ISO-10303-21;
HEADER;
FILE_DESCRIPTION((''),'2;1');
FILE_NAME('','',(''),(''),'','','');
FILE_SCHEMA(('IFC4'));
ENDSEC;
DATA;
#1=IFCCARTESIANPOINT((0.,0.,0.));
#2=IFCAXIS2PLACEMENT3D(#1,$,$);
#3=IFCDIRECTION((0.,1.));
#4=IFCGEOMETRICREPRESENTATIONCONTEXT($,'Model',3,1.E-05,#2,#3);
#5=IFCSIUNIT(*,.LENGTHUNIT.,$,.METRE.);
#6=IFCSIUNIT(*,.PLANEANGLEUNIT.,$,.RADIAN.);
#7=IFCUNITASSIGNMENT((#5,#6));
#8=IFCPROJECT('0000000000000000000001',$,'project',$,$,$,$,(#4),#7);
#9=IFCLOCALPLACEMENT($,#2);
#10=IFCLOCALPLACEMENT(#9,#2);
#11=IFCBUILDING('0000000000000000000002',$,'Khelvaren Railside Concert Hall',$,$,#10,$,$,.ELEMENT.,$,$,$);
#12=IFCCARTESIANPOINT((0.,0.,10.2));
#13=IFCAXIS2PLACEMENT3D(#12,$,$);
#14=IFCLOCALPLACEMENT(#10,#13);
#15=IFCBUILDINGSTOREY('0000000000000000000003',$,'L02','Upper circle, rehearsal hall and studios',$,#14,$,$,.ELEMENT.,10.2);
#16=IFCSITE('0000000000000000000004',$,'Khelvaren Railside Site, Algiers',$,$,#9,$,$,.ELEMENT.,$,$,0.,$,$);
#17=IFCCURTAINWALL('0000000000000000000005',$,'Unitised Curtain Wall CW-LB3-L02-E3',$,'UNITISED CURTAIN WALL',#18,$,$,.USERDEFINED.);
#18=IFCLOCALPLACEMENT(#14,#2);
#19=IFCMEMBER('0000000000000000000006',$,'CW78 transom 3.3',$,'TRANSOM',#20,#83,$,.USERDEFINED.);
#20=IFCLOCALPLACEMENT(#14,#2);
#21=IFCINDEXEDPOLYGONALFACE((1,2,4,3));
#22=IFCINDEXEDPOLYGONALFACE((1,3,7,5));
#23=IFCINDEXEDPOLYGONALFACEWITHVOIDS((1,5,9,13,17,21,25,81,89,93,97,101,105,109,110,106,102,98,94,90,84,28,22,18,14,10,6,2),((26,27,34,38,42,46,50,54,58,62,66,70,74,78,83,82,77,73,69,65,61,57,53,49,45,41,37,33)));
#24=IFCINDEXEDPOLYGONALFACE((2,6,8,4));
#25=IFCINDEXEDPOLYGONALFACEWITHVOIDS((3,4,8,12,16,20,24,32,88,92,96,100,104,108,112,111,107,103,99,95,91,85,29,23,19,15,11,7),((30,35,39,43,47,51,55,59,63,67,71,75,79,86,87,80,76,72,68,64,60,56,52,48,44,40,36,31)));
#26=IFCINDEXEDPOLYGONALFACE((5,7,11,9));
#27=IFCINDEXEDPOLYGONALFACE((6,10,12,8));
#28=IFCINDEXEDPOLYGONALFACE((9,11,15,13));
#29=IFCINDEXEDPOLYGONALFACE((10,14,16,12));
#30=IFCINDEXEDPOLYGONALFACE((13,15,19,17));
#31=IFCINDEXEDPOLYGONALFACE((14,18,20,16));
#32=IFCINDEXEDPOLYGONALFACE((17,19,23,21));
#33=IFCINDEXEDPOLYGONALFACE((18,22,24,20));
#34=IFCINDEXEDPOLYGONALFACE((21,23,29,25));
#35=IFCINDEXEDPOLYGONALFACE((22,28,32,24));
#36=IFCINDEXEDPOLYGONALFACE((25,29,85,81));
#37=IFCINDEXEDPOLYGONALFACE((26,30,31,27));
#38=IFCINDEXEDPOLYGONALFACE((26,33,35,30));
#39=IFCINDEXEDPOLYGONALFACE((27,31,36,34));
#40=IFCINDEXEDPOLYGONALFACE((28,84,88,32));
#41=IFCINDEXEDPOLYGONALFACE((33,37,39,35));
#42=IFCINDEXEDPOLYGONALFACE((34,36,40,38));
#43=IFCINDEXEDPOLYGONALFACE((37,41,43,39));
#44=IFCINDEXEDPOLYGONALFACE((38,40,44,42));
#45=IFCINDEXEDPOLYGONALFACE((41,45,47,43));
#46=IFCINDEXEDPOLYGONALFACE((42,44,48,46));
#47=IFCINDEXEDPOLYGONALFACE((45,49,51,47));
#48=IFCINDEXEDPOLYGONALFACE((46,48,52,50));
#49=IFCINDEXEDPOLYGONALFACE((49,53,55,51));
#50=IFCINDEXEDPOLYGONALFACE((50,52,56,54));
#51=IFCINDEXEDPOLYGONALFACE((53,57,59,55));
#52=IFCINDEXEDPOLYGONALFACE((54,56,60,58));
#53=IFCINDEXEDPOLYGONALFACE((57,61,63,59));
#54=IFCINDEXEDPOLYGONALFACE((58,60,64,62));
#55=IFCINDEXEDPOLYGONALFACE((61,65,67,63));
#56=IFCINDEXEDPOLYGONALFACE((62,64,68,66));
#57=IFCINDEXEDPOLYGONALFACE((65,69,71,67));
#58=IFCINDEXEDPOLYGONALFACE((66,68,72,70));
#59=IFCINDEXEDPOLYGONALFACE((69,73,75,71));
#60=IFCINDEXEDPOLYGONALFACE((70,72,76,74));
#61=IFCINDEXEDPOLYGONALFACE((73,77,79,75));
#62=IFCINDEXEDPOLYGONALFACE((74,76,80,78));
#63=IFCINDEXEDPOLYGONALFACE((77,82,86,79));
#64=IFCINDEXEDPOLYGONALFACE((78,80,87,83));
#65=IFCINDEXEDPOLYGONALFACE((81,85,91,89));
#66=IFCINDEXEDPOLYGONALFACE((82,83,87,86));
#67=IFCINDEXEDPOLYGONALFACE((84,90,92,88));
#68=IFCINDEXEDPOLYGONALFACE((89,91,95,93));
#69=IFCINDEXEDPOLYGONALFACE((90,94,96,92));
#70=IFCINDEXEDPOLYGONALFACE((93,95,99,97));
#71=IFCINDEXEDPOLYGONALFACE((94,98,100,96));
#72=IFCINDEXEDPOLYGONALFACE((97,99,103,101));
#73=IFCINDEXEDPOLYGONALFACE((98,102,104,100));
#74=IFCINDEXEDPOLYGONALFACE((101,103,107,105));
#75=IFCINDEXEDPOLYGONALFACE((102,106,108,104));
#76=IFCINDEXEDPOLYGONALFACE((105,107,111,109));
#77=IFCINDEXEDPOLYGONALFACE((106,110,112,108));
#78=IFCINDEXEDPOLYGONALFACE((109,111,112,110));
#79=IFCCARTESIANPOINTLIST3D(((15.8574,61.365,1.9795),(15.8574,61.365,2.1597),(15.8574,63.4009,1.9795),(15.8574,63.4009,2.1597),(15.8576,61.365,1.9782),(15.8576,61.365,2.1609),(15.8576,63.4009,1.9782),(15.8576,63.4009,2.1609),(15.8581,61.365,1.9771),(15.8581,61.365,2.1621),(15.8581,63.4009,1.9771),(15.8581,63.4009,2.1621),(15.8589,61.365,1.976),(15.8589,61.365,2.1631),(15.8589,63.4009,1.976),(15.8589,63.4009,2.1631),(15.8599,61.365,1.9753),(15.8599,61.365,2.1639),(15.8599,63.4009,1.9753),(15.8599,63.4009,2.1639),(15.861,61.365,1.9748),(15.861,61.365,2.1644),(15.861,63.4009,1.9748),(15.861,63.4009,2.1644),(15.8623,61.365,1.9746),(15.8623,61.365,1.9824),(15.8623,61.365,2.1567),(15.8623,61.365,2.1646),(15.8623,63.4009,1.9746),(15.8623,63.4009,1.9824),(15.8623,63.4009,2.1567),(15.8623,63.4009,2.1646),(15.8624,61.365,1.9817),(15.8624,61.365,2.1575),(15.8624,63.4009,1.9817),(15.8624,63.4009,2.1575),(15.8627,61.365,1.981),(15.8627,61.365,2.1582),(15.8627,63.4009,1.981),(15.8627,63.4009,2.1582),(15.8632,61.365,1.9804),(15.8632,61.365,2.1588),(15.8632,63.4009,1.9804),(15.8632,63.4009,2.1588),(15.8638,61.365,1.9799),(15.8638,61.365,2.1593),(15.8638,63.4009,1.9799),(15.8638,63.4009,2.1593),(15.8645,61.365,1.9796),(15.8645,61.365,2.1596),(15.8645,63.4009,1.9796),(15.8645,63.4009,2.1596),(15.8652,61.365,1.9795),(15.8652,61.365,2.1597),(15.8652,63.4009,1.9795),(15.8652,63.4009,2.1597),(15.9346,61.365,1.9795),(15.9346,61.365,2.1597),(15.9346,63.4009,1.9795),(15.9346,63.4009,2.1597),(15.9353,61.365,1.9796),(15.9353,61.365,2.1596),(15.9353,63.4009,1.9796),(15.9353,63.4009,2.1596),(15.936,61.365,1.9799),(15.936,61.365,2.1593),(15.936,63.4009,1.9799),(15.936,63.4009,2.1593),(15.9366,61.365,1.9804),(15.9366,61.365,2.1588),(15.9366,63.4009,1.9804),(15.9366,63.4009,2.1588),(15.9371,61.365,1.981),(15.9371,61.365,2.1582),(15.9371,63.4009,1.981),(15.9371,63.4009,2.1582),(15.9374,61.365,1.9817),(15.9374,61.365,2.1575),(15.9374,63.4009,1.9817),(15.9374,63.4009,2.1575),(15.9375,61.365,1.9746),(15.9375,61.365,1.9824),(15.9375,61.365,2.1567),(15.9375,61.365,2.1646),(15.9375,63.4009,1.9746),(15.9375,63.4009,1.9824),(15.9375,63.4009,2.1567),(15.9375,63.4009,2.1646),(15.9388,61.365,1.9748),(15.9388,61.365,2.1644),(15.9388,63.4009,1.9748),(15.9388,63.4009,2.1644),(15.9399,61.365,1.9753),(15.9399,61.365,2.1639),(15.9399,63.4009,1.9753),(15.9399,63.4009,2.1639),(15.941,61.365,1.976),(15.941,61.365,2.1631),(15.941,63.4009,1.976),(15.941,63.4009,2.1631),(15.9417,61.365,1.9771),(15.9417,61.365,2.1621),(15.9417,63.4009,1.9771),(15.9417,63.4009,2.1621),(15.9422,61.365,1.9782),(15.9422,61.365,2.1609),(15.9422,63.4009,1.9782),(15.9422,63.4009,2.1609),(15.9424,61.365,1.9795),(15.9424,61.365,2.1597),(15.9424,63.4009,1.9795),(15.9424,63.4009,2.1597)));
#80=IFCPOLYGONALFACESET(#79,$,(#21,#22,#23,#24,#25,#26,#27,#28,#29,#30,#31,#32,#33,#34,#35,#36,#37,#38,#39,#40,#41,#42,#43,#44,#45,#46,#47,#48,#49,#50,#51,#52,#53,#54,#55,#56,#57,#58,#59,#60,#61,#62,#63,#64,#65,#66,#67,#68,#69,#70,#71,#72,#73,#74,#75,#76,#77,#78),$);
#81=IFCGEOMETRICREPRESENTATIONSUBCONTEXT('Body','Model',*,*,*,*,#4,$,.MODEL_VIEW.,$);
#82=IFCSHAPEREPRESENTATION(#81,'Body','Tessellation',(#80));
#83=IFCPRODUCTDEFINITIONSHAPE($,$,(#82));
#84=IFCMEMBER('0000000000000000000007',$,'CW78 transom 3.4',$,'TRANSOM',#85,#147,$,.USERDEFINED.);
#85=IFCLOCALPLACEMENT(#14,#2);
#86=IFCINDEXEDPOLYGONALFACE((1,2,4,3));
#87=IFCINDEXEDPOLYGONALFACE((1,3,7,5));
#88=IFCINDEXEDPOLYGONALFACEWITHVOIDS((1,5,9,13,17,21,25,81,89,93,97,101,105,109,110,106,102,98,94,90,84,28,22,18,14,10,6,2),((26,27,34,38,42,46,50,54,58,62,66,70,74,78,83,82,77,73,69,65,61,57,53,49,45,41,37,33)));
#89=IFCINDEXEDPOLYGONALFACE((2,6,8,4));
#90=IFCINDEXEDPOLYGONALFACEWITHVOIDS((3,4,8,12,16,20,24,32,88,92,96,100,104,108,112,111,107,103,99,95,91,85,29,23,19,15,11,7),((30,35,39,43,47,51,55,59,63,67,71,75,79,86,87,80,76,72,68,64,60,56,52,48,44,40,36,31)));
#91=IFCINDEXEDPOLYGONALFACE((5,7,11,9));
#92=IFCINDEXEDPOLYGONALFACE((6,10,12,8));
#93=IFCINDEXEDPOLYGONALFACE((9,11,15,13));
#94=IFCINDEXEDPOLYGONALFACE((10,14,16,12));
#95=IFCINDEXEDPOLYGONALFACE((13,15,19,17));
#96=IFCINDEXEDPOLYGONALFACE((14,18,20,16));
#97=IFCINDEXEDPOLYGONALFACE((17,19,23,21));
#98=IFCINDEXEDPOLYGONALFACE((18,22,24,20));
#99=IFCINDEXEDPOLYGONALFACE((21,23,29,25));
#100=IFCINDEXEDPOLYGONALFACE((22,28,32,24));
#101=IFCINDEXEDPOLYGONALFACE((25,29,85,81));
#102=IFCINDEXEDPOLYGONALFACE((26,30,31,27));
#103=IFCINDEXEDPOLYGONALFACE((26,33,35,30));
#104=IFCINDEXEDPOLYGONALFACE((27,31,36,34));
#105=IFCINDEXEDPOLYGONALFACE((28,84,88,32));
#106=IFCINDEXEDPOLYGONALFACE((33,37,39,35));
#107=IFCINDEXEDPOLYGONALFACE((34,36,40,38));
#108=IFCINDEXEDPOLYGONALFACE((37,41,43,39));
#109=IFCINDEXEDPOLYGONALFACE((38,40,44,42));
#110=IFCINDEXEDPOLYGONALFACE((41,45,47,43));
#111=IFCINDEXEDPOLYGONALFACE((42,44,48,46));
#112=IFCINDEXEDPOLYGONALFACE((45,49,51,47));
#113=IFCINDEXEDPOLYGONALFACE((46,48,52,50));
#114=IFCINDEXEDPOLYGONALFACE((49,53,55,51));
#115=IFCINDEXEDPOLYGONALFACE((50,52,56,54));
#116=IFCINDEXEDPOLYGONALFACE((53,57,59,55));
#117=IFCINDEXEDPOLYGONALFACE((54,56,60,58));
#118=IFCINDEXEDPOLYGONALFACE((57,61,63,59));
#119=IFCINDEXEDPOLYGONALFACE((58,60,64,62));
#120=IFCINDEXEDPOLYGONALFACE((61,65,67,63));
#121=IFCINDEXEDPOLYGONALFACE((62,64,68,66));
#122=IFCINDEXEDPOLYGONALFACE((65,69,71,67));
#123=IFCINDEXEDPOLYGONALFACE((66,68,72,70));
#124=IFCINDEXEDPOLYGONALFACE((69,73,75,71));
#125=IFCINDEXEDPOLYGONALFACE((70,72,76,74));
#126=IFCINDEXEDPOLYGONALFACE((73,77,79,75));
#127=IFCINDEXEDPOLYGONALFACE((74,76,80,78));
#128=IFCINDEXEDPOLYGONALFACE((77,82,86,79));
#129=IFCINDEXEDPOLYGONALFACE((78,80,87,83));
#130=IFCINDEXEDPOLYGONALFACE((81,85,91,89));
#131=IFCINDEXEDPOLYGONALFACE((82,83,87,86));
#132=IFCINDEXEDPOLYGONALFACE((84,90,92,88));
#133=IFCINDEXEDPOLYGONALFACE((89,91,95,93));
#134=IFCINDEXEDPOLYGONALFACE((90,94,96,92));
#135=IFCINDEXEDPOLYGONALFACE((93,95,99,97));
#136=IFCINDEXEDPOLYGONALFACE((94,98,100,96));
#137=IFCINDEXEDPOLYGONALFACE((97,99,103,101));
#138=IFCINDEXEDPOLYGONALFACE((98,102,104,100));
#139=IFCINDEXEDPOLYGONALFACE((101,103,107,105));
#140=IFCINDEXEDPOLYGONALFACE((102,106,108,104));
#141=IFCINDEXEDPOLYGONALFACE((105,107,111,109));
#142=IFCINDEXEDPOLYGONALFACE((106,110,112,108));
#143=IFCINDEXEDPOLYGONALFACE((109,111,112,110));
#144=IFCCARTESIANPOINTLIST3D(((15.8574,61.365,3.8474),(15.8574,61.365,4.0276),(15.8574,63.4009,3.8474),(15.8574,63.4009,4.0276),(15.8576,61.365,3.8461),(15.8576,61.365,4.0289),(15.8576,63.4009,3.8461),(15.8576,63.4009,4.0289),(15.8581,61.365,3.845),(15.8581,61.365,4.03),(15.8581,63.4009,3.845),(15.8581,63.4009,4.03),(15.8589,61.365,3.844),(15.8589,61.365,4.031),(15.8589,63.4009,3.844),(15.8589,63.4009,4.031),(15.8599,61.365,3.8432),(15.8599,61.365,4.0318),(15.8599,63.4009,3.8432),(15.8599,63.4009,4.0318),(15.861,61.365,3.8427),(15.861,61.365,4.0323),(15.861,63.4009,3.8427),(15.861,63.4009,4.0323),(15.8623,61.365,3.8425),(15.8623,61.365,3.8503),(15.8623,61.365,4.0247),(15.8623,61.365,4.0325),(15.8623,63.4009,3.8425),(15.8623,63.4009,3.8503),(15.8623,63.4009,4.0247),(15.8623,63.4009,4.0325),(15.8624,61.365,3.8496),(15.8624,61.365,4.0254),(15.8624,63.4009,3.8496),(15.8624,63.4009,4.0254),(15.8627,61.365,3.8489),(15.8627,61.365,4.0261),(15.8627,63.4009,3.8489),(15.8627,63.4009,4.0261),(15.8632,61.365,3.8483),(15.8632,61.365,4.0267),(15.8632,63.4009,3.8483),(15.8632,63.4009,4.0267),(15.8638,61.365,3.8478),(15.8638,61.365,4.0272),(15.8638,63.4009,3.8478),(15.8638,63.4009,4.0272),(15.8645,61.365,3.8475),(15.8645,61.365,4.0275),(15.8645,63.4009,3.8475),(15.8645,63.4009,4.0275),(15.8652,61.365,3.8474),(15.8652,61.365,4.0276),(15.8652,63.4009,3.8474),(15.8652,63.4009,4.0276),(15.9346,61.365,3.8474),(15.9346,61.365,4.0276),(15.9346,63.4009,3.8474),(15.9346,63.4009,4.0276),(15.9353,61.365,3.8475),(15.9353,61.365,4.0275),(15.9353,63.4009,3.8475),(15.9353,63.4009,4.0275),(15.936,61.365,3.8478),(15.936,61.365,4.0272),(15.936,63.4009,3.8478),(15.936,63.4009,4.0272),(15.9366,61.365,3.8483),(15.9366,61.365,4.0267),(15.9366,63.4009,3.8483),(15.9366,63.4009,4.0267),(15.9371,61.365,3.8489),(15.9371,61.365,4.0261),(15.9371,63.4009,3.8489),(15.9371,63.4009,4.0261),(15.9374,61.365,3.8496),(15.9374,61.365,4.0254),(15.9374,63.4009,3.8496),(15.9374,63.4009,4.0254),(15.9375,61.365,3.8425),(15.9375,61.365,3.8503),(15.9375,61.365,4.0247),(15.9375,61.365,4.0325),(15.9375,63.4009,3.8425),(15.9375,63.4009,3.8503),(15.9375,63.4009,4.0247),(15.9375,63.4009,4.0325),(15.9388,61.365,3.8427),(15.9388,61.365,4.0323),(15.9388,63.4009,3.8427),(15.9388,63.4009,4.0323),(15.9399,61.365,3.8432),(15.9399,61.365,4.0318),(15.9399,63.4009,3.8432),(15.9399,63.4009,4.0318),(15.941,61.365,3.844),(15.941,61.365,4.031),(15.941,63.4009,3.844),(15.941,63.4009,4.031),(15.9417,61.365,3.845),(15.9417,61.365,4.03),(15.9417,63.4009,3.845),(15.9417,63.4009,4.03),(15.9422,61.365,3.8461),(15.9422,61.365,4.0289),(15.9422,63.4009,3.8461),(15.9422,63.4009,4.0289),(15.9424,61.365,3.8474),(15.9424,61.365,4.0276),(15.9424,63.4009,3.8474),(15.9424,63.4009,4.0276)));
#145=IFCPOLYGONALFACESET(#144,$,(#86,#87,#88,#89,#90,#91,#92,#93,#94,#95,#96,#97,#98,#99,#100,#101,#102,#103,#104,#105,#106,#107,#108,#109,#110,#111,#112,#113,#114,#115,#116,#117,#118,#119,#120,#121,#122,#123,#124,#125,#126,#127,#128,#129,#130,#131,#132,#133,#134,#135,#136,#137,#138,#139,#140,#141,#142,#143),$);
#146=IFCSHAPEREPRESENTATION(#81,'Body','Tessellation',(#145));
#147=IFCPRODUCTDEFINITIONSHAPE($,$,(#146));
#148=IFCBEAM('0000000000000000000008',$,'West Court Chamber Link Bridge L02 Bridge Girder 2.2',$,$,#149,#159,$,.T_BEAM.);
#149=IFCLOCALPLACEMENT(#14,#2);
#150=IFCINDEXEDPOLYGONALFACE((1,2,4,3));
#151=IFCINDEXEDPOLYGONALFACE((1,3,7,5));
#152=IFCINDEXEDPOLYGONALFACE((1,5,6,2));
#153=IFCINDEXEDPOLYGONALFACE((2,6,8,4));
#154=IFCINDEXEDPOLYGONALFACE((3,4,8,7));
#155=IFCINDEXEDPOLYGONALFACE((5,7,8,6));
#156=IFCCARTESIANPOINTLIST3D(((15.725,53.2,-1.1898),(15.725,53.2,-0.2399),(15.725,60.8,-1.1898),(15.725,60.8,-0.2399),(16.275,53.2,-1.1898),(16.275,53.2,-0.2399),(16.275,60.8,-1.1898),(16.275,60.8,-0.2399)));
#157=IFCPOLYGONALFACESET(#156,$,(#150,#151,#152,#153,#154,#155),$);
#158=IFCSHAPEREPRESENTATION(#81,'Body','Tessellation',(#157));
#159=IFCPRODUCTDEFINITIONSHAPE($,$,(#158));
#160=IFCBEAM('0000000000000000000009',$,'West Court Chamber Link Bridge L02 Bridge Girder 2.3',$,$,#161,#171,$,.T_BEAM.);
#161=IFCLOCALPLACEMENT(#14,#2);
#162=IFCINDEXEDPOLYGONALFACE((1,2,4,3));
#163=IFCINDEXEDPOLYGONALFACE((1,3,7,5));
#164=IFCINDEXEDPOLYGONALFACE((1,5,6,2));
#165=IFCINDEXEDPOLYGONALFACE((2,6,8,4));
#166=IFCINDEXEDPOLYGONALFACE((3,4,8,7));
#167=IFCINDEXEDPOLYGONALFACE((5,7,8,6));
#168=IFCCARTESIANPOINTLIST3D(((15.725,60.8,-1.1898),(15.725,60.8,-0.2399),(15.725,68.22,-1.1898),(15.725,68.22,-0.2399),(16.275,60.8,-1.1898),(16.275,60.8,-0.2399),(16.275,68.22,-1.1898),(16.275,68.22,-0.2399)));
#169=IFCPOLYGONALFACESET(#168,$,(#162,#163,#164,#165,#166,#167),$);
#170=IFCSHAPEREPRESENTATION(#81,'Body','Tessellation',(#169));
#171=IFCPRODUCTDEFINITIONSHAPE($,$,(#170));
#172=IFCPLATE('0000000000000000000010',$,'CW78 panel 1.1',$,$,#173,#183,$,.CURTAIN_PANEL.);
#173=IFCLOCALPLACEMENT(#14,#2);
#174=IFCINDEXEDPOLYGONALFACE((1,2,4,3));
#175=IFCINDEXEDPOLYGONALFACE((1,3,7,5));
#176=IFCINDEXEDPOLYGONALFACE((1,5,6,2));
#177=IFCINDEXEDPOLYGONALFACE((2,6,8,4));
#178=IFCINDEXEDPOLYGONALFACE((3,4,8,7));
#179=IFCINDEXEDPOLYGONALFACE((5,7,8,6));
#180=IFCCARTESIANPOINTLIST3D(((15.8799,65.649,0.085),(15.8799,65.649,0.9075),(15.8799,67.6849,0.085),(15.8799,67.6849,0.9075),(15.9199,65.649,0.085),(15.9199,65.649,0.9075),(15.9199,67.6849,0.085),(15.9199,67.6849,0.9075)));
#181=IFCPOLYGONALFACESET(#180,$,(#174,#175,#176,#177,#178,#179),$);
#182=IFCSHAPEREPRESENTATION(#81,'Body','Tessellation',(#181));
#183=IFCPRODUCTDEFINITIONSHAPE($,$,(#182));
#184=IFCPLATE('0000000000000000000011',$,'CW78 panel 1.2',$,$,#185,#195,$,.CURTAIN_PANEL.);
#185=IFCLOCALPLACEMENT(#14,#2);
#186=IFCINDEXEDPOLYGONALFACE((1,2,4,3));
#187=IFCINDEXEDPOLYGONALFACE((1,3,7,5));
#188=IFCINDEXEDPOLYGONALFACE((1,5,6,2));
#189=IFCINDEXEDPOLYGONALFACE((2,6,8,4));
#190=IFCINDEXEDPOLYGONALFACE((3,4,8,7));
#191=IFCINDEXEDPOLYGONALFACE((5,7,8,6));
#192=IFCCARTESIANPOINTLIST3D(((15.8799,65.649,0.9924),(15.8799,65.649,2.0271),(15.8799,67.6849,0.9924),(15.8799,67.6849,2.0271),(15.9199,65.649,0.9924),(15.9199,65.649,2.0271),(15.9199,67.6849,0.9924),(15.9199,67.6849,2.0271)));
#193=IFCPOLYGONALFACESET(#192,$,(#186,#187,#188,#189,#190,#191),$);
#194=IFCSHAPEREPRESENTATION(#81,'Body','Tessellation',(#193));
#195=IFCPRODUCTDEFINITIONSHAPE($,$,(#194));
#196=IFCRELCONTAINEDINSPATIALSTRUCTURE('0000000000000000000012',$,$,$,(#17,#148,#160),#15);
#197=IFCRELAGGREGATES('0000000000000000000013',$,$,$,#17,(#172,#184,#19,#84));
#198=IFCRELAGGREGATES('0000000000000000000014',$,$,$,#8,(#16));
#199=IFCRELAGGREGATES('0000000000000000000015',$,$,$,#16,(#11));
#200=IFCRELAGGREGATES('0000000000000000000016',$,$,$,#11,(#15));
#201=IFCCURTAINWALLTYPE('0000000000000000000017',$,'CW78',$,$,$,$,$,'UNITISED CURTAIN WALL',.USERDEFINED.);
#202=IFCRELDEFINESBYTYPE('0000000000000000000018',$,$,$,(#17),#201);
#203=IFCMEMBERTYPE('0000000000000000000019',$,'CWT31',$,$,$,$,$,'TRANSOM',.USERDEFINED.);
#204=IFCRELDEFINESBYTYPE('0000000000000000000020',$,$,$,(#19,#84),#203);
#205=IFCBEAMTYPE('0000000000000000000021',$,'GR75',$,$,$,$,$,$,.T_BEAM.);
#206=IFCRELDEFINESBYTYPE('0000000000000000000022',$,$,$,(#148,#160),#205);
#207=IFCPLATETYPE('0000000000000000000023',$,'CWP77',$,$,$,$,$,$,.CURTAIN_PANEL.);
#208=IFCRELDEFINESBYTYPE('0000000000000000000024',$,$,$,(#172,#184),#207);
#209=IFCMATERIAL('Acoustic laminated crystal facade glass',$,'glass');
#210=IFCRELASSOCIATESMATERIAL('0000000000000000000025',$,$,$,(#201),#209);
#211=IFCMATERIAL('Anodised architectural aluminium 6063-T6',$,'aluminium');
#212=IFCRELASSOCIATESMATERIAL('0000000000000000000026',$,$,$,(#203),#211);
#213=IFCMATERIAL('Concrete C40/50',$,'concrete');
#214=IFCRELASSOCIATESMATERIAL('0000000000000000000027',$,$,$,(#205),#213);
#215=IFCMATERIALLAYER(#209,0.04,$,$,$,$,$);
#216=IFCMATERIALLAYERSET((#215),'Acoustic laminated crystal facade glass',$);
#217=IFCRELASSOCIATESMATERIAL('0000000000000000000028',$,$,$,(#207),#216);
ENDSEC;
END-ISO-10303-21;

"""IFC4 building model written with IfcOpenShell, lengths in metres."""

from ifc_helpers import new_model, si_unit, direction, frame, origin, origin_2d, place, context, subcontext, project, spatial, rectangle, hollow_rectangle, extrude, material, layer, layer_set, material_profile, profile_set, type_object, element, aggregate, save


model = new_model("IFC4")

# Units and contexts
model_context = context("Model", 3, precision=1e-05, world=origin(), true_north=direction((0.0, 1.0)))
body_context = subcontext(model_context, "Body", "Model", "MODEL_VIEW")
ifc_project = project(units=[si_unit("LENGTHUNIT", "METRE"), si_unit("PLANEANGLEUNIT", "RADIAN")], contexts=[model_context])

# Site, building, storey
site_placement = place(None, origin())
site = spatial("IfcSite", under=ifc_project, at=site_placement, Name="Khelvaren Railside Site, Algiers", CompositionType="ELEMENT", RefElevation=0.0)
building_placement = place(site_placement, origin())
building = spatial("IfcBuilding", under=site, at=building_placement, Name="Khelvaren Railside Concert Hall", CompositionType="ELEMENT")
storey_placement = place(building_placement, frame((0.0, 0.0, 10.2)))
storey = spatial("IfcBuildingStorey", under=building, at=storey_placement, Name="L02", Description="Upper circle, rehearsal hall and studios", CompositionType="ELEMENT", Elevation=10.2)

# Curtain wall, members
ifc_material_1 = material(Name="Acoustic laminated crystal facade glass", Category="glass")
curtain_wall_type = type_object("IfcCurtainWallType", Name="CW78", ElementType="UNITISED CURTAIN WALL", PredefinedType="USERDEFINED", material=ifc_material_1)
curtain_wall_placement = place(storey_placement, origin())
curtain_wall = element("IfcCurtainWall", 1, at=curtain_wall_placement, inside=storey, type_object=curtain_wall_type, Name="Unitised Curtain Wall CW-LB3-L02-E3", ObjectType="UNITISED CURTAIN WALL", PredefinedType="USERDEFINED")
ifc_material_2 = material(Name="Anodised architectural aluminium 6063-T6", Category="aluminium")
ifc_material_profile_1 = material_profile(ifc_material_2, hollow_rectangle(XDim=0.085, YDim=0.1899, WallThickness=0.0049, InnerFilletRadius=0.0029, OuterFilletRadius=0.0049, at=origin_2d()), Name="CWT 85x190x5")
ifc_profile_set_1 = profile_set([ifc_material_profile_1], Name="Anodised architectural aluminium 6063-T6")
member_type_1 = type_object("IfcMemberType", Name="CWT31", ElementType="TRANSOM", PredefinedType="USERDEFINED", material=ifc_profile_set_1)
member_1_placement = place(storey_placement, frame((15.8999, 63.4009, 2.0696), z_axis=(0.0, -1.0, 0.0), x_axis=(1.0, 0.0, 0.0)))
member_1 = element("IfcMember", 2, at=member_1_placement, type_object=member_type_1, Name="CW78 transom 3.3", ObjectType="TRANSOM", PredefinedType="USERDEFINED", context=body_context, shape_type="SweptSolid", body=[
    extrude(hollow_rectangle(XDim=0.085, YDim=0.1899, WallThickness=0.0049, InnerFilletRadius=0.0029, OuterFilletRadius=0.0049, at=origin_2d()), origin(), (0.0, 0.0, 1.0), 2.0359),
])
member_2_placement = place(storey_placement, frame((15.8999, 63.4009, 3.9375), z_axis=(0.0, -1.0, 0.0), x_axis=(1.0, 0.0, 0.0)))
member_2 = element("IfcMember", 3, at=member_2_placement, type_object=member_type_1, Name="CW78 transom 3.4", ObjectType="TRANSOM", PredefinedType="USERDEFINED", context=body_context, shape_type="SweptSolid", body=[
    extrude(hollow_rectangle(XDim=0.085, YDim=0.1899, WallThickness=0.0049, InnerFilletRadius=0.0029, OuterFilletRadius=0.0049, at=origin_2d()), origin(), (0.0, 0.0, 1.0), 2.0359),
])

# Beams
ifc_material_3 = material(Name="Concrete C40/50", Category="concrete")
ifc_material_profile_2 = material_profile(ifc_material_3, rectangle(XDim=0.55, YDim=0.95, at=origin_2d()), Name="RCB 550x950")
ifc_profile_set_2 = profile_set([ifc_material_profile_2], Name="Concrete C40/50")
beam_type = type_object("IfcBeamType", Name="GR75", PredefinedType="T_BEAM", material=ifc_profile_set_2)
beam_1_placement = place(storey_placement, frame((16.0, 53.2, -0.7148), z_axis=(0.0, 1.0, 0.0), x_axis=(-1.0, 0.0, 0.0)))
element("IfcBeam", 4, at=beam_1_placement, inside=storey, type_object=beam_type, Name="West Court Chamber Link Bridge L02 Bridge Girder 2.2", PredefinedType="T_BEAM", context=body_context, shape_type="SweptSolid", body=[
    extrude(rectangle(XDim=0.55, YDim=0.95, at=origin_2d()), origin(), (0.0, 0.0, 1.0), 7.6001),
])
beam_2_placement = place(storey_placement, frame((16.0, 60.8, -0.7148), z_axis=(0.0, 1.0, 0.0), x_axis=(-1.0, 0.0, 0.0)))
element("IfcBeam", 5, at=beam_2_placement, inside=storey, type_object=beam_type, Name="West Court Chamber Link Bridge L02 Bridge Girder 2.3", PredefinedType="T_BEAM", context=body_context, shape_type="SweptSolid", body=[
    extrude(rectangle(XDim=0.55, YDim=0.95, at=origin_2d()), origin(), (0.0, 0.0, 1.0), 7.4199),
])

# Plates
ifc_layer = layer(ifc_material_1, 0.04)
ifc_layer_set = layer_set([ifc_layer], Name="Acoustic laminated crystal facade glass")
plate_type = type_object("IfcPlateType", Name="CWP77", PredefinedType="CURTAIN_PANEL", material=ifc_layer_set)
plate_1_placement = place(storey_placement, frame((15.8999, 66.667, 0.085), z_axis=(0.0, 0.0, 1.0), x_axis=(0.0, -1.0, 0.0)))
plate_1 = element("IfcPlate", 6, at=plate_1_placement, type_object=plate_type, Name="CW78 panel 1.1", PredefinedType="CURTAIN_PANEL", context=body_context, shape_type="SweptSolid", body=[
    extrude(rectangle(XDim=2.0359, YDim=0.04, at=origin_2d()), origin(), (0.0, 0.0, 1.0), 0.8225),
])
plate_2_placement = place(storey_placement, frame((15.8999, 66.667, 0.9924), z_axis=(0.0, 0.0, 1.0), x_axis=(0.0, -1.0, 0.0)))
plate_2 = element("IfcPlate", 7, at=plate_2_placement, type_object=plate_type, Name="CW78 panel 1.2", PredefinedType="CURTAIN_PANEL", context=body_context, shape_type="SweptSolid", body=[
    extrude(rectangle(XDim=2.0359, YDim=0.04, at=origin_2d()), origin(), (0.0, 0.0, 1.0), 1.0347),
])
aggregate(curtain_wall, [plate_1, plate_2, member_1, member_2])

save(model, "model.ifc")
